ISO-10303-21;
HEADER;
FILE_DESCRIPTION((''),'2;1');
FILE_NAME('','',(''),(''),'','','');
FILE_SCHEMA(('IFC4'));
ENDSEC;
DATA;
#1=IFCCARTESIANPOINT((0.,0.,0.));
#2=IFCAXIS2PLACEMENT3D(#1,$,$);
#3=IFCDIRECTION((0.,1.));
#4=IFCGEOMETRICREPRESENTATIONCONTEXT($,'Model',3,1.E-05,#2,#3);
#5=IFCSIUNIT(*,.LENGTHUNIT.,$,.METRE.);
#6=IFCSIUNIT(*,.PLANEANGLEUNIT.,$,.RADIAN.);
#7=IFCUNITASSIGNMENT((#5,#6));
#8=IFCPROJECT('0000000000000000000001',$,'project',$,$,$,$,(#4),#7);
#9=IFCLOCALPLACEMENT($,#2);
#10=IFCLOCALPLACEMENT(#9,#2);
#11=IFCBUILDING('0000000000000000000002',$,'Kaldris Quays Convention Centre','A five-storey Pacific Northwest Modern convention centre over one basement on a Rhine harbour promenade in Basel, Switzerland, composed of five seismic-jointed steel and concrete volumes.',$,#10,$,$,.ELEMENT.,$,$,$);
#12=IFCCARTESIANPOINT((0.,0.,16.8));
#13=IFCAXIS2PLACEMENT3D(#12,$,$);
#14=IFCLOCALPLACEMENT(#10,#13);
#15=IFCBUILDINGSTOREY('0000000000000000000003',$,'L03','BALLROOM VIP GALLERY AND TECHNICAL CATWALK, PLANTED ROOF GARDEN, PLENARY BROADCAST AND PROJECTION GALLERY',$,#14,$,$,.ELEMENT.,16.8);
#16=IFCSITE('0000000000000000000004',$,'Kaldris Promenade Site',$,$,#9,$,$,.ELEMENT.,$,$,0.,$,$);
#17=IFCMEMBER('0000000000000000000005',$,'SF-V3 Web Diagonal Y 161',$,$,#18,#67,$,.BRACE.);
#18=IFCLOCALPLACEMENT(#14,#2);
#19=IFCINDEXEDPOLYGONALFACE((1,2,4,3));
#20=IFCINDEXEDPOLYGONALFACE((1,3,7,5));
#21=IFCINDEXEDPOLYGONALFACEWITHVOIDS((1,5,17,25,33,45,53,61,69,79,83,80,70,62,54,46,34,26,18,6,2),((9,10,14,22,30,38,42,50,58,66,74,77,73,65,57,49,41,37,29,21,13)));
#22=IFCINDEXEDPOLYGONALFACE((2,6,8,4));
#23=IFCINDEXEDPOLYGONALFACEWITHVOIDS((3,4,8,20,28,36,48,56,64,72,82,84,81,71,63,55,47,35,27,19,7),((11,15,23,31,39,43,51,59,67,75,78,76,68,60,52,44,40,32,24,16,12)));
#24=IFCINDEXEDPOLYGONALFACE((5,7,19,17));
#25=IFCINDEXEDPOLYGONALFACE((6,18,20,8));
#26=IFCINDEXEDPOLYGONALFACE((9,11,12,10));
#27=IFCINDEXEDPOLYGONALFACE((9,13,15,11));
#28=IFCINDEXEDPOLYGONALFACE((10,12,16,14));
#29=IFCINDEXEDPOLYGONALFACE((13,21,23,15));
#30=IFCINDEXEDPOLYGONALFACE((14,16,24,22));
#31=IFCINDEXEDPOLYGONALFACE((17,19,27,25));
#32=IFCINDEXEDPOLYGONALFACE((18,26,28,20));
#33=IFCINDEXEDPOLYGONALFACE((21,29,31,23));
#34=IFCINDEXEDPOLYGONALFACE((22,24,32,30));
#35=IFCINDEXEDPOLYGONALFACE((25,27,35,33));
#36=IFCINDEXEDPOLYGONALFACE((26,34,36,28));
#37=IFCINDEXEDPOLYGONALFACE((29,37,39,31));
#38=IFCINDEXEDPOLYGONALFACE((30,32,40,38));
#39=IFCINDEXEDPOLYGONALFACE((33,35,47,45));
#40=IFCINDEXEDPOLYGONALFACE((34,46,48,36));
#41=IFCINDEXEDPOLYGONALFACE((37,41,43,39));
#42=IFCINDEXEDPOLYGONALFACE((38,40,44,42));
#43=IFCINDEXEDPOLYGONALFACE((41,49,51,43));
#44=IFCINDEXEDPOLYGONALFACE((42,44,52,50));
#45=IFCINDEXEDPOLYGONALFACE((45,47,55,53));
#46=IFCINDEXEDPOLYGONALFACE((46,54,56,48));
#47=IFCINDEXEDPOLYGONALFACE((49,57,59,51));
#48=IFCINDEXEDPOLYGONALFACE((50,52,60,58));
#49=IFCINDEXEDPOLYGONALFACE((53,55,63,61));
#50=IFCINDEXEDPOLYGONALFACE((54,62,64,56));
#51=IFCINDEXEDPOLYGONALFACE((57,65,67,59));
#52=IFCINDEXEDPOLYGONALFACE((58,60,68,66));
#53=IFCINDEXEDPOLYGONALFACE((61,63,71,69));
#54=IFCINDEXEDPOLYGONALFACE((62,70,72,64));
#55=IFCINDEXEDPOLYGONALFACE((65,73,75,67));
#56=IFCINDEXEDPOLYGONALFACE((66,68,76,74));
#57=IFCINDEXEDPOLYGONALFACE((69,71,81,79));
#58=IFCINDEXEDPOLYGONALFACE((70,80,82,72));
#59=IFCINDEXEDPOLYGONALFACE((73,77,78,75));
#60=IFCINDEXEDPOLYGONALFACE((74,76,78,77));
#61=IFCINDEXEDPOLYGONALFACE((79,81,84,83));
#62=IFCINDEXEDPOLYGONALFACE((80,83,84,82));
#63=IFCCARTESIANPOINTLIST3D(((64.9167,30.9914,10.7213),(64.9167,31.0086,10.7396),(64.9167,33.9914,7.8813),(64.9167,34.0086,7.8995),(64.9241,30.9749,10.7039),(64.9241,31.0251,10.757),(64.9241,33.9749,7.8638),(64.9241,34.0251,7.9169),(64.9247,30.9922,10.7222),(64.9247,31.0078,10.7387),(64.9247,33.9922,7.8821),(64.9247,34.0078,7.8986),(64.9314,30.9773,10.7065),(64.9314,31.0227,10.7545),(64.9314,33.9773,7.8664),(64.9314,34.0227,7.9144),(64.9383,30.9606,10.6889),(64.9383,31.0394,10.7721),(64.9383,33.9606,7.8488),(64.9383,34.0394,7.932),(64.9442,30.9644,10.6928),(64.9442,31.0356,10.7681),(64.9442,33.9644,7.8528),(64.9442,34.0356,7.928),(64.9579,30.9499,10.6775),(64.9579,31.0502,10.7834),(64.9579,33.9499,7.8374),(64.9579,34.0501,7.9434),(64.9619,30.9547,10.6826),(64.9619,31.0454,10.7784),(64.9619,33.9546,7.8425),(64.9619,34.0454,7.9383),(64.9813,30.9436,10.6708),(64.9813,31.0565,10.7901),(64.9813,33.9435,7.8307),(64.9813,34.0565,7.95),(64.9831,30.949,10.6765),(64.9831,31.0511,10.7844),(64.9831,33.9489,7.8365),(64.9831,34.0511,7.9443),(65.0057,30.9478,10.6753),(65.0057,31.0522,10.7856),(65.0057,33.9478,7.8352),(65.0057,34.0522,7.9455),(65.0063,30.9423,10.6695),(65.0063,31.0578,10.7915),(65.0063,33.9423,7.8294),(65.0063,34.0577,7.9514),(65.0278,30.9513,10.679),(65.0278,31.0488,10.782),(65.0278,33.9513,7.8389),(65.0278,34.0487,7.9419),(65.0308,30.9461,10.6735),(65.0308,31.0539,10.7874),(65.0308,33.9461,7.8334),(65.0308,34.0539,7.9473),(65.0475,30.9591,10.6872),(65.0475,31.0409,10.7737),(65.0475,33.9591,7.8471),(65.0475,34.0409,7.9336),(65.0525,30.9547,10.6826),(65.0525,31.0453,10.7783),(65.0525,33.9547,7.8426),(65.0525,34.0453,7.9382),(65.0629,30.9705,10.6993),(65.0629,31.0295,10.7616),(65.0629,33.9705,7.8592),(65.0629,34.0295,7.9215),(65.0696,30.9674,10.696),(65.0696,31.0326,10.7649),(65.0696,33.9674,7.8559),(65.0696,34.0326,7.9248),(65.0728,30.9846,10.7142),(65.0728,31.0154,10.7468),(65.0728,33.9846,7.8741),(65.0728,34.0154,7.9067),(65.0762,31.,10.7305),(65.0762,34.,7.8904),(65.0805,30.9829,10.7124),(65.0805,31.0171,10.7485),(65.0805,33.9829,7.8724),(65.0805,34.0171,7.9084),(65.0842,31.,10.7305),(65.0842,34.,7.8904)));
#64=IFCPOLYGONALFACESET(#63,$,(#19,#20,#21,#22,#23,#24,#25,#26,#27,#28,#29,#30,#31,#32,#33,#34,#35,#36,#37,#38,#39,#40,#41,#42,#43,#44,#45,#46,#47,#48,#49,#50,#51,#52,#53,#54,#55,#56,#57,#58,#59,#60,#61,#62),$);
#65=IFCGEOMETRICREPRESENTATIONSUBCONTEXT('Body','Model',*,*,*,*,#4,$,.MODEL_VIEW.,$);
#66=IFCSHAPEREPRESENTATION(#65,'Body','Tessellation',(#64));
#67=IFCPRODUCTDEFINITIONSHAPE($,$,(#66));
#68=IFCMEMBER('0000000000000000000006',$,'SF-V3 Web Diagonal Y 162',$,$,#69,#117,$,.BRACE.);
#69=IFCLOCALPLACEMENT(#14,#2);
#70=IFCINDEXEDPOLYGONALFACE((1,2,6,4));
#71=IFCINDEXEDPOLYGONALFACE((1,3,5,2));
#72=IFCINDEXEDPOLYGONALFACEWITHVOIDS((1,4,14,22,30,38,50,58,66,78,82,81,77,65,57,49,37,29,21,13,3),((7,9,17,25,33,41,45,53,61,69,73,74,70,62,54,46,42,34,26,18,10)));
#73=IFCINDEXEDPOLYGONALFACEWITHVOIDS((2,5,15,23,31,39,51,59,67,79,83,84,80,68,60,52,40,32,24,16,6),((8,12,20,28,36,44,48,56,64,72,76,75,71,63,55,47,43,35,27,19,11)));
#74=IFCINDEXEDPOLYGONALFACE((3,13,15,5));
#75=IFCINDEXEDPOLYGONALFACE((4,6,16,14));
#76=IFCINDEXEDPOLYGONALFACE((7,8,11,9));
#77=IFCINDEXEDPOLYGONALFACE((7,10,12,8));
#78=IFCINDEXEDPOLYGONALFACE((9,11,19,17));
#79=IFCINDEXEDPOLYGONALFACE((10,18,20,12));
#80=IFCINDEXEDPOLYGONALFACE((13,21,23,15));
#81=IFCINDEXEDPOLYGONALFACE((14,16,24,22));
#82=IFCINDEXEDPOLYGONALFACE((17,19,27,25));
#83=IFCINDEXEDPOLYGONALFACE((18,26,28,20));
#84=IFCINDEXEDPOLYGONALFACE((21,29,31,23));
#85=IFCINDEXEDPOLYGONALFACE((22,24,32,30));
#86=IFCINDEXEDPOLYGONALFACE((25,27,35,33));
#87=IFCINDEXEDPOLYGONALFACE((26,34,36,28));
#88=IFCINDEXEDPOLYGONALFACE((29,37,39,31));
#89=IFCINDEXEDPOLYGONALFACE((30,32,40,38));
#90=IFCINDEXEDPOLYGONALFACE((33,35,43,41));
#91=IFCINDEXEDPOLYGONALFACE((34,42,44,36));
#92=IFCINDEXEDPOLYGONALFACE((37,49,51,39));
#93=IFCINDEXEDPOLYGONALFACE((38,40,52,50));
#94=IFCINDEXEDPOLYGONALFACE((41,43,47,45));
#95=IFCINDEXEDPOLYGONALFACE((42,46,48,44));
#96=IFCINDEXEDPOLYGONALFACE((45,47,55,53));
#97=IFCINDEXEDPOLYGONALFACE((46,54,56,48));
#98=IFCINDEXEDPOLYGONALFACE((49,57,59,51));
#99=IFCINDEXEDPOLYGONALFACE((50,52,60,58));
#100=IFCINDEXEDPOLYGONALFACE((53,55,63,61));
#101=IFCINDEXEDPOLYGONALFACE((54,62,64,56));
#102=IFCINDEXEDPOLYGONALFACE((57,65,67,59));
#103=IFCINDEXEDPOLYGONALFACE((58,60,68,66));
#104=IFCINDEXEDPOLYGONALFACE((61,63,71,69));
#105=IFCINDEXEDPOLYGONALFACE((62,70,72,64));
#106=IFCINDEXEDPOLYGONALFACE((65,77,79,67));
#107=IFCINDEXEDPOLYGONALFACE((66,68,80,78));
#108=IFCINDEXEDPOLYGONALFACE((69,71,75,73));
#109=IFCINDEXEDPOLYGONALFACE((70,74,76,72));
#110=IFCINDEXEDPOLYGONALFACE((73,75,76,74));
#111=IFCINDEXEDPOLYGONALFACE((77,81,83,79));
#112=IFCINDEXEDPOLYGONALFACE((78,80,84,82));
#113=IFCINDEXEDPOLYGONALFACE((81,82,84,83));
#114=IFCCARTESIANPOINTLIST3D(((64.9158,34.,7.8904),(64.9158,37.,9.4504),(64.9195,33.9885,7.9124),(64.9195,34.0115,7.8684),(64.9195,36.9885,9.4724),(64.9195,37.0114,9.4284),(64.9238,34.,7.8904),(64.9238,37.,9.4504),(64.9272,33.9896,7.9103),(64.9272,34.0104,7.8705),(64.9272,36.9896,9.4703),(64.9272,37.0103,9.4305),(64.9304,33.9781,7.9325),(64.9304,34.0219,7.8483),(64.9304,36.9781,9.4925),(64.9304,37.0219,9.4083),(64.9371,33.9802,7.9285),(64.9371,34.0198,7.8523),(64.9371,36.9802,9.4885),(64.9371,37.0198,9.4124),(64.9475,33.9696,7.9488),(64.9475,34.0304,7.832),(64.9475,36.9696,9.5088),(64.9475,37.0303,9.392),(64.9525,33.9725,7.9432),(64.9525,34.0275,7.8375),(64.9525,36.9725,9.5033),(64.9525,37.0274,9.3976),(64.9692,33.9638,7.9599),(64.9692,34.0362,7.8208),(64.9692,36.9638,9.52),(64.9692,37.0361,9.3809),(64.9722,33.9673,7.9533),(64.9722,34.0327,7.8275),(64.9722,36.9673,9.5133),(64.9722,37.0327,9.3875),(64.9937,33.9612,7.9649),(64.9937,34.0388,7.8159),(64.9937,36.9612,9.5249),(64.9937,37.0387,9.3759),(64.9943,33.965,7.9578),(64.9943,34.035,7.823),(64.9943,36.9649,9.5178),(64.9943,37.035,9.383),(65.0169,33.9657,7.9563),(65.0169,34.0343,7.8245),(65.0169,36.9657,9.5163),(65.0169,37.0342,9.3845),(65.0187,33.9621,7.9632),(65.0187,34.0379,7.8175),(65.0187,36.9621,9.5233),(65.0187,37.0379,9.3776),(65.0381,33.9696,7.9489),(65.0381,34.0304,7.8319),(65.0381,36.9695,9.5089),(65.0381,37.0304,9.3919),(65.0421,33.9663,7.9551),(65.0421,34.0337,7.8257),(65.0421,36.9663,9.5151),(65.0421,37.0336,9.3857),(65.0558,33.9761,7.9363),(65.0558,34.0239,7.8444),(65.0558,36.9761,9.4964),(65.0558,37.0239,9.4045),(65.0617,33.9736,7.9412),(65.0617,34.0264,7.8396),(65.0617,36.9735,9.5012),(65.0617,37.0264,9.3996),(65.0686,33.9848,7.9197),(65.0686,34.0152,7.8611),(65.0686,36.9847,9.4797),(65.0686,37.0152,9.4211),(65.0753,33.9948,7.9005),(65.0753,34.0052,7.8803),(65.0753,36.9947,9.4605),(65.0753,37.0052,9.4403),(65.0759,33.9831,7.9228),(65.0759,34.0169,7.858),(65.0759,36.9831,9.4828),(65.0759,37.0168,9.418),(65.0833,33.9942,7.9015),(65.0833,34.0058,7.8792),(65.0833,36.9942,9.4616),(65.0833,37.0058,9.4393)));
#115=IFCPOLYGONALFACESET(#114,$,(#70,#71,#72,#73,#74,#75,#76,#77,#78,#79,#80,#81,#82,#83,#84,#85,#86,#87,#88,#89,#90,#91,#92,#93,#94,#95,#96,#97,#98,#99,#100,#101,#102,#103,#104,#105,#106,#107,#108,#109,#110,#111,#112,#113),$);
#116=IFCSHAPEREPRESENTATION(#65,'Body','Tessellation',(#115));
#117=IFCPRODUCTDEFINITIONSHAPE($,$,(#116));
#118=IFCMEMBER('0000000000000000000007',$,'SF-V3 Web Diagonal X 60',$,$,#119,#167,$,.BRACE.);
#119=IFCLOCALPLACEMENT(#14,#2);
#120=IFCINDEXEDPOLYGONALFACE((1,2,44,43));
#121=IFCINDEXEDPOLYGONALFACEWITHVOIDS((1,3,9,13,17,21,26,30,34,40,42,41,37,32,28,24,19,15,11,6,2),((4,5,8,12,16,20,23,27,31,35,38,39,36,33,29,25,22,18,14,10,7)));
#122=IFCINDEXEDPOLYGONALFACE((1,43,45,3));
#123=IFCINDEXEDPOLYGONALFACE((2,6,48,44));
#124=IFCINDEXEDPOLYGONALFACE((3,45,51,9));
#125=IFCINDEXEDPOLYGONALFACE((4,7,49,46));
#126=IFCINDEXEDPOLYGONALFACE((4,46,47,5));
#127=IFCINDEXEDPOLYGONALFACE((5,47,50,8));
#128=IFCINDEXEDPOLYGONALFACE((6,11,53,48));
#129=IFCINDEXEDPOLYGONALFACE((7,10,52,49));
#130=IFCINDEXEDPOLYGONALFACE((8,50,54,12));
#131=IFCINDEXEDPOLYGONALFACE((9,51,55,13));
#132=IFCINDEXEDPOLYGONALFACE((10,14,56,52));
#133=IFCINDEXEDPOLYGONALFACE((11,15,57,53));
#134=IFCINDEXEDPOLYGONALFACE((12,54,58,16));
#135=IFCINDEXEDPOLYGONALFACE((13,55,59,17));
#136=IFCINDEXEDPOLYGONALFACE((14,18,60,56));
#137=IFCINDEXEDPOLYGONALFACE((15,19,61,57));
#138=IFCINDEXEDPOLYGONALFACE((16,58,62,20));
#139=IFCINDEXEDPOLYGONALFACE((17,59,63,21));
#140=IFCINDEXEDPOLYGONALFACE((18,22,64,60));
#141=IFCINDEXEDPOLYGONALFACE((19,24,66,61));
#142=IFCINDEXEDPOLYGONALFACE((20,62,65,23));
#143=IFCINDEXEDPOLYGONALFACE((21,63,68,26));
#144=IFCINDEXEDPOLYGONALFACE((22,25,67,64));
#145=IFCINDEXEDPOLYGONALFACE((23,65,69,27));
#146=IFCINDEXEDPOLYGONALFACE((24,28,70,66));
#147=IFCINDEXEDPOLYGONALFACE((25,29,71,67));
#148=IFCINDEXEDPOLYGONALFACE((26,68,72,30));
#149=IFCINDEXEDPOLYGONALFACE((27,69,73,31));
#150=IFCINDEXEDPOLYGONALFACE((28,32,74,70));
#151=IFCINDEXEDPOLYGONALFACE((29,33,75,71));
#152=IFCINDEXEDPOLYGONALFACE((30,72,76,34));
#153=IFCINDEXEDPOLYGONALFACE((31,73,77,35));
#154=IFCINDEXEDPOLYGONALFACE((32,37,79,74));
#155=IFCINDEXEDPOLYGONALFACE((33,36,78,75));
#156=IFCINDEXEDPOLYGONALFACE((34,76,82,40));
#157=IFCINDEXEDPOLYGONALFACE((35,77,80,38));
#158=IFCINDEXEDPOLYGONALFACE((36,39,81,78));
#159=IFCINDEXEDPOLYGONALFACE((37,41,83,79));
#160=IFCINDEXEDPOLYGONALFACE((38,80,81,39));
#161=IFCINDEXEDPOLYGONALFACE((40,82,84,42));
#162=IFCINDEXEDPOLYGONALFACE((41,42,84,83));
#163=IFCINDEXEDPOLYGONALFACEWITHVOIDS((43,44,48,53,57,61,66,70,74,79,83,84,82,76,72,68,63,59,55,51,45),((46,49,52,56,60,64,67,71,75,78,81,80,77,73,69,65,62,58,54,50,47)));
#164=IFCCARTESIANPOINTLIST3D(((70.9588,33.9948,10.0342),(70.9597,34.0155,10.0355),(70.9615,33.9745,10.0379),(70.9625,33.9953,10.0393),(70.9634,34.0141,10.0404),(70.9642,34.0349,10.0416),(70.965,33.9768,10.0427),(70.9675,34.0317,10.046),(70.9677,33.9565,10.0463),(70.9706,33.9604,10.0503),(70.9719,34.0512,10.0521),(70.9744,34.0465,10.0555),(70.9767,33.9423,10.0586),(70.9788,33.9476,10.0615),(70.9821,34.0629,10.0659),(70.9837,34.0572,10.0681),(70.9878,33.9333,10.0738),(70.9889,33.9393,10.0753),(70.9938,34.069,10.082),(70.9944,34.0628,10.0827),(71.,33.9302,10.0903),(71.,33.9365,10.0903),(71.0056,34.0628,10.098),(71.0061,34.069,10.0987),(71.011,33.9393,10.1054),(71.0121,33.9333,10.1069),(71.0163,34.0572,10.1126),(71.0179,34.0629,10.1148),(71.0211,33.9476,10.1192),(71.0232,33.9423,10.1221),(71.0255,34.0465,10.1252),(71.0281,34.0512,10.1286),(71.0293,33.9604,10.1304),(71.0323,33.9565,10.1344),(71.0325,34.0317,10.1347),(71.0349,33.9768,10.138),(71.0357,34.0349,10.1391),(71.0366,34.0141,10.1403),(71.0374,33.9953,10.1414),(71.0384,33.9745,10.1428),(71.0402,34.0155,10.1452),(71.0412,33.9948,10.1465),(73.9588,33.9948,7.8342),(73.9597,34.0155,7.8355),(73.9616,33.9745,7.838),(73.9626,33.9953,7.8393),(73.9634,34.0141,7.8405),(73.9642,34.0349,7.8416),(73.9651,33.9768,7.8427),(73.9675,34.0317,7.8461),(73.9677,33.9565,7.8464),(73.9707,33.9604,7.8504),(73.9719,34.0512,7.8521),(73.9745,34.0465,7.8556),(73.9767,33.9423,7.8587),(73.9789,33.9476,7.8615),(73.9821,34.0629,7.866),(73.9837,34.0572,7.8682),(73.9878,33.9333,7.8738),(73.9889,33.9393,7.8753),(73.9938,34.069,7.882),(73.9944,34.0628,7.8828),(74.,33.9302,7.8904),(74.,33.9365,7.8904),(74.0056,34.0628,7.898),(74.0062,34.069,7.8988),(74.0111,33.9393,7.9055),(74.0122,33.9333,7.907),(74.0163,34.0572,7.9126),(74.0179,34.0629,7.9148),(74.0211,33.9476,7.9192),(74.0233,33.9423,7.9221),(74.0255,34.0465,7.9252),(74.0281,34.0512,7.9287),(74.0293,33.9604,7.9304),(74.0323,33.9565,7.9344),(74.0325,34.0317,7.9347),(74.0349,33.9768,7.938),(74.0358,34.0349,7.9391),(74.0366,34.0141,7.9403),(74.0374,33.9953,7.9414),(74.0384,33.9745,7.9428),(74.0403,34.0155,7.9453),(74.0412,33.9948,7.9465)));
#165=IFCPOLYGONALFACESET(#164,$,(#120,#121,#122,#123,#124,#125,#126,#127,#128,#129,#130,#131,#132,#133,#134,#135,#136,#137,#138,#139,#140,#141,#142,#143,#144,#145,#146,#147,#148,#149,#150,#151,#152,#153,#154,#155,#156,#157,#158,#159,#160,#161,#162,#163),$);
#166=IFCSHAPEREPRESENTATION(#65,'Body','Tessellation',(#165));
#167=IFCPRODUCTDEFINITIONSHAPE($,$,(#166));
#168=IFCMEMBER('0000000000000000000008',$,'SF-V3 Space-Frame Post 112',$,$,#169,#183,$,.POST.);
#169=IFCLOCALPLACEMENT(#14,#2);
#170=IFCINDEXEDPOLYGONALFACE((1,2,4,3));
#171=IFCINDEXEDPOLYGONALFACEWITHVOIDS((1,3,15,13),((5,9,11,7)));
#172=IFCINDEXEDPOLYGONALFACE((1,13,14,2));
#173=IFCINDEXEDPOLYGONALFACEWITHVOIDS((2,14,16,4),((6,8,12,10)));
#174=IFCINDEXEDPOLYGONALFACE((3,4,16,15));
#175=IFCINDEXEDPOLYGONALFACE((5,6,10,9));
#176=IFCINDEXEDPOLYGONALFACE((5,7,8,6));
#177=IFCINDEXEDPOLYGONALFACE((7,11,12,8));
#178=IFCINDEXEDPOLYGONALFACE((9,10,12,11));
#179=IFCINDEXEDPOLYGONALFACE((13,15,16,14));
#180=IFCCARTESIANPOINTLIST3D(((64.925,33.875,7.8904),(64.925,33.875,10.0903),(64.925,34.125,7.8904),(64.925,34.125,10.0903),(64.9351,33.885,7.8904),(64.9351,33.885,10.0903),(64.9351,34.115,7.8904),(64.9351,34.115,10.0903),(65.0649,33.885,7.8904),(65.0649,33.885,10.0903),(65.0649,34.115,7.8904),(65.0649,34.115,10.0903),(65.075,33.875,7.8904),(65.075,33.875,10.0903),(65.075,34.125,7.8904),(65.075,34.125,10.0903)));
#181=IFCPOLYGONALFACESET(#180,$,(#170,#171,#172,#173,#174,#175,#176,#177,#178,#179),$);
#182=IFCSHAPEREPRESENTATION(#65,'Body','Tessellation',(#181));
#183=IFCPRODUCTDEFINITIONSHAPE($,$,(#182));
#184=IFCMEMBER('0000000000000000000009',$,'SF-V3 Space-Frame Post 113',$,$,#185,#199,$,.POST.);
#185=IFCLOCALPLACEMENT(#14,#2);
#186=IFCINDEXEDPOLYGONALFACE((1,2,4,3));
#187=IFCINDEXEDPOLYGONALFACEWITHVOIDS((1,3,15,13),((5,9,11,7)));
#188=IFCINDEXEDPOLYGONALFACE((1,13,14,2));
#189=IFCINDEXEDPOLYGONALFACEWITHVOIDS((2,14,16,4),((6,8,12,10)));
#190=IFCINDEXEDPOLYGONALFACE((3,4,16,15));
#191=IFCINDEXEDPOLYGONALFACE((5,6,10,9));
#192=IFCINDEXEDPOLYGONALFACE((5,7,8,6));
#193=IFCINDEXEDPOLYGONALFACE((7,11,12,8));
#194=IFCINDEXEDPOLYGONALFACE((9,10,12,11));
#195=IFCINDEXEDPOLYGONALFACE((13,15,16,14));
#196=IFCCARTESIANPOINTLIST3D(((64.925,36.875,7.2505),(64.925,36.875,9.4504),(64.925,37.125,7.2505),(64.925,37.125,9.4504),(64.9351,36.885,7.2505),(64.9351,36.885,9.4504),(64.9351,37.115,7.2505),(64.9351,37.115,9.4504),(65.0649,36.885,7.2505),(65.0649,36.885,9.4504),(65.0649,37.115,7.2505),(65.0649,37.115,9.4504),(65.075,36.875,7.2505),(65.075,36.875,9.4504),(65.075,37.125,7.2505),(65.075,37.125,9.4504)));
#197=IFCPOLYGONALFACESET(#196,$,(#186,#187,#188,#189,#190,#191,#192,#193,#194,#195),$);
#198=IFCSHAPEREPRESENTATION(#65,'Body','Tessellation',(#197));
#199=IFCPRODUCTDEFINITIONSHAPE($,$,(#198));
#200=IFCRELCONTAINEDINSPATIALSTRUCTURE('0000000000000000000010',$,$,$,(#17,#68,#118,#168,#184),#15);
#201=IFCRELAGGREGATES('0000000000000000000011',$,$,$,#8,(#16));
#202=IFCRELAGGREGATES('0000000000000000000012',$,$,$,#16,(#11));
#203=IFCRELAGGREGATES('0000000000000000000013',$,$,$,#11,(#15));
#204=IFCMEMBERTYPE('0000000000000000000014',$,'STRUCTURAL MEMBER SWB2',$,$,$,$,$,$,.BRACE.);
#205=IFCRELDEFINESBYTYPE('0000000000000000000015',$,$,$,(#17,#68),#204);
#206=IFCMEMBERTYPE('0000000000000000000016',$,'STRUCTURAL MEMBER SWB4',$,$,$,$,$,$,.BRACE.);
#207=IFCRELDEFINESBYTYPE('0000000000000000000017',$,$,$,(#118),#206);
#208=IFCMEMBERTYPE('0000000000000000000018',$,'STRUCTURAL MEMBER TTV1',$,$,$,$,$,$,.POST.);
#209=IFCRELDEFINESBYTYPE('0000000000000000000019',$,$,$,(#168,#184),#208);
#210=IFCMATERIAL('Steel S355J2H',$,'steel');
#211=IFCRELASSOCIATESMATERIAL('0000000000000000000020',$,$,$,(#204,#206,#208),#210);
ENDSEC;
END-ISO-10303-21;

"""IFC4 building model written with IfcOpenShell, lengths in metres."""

from ifc_helpers import new_model, si_unit, direction, frame, origin, origin_2d, place, context, subcontext, project, spatial, hollow_rectangle, hollow_circle, extrude, material, material_profile, profile_set, type_object, element, save


model = new_model("IFC4")

# Units and contexts
model_context = context("Model", 3, precision=1e-05, world=origin(), true_north=direction((0.0, 1.0)))
body_context = subcontext(model_context, "Body", "Model", "MODEL_VIEW")
ifc_project = project(units=[si_unit("LENGTHUNIT", "METRE"), si_unit("PLANEANGLEUNIT", "RADIAN")], contexts=[model_context])

# Site, building, storey
site_placement = place(None, origin())
site = spatial("IfcSite", under=ifc_project, at=site_placement, Name="Kaldris Promenade Site", CompositionType="ELEMENT", RefElevation=0.0)
building_placement = place(site_placement, origin())
building = spatial("IfcBuilding", under=site, at=building_placement, Name="Kaldris Quays Convention Centre", Description="A five-storey Pacific Northwest Modern convention centre over one basement on a Rhine harbour promenade in Basel, Switzerland, composed of five seismic-jointed steel and concrete volumes.", CompositionType="ELEMENT")
storey_placement = place(building_placement, frame((0.0, 0.0, 16.8)))
storey = spatial("IfcBuildingStorey", under=building, at=storey_placement, Name="L03", Description="BALLROOM VIP GALLERY AND TECHNICAL CATWALK, PLANTED ROOF GARDEN, PLENARY BROADCAST AND PROJECTION GALLERY", CompositionType="ELEMENT", Elevation=16.8)

# Members
ifc_material_1 = material(Name="Steel S355J2H", Category="steel")
ifc_material_profile_1 = material_profile(ifc_material_1, hollow_circle(Radius=0.0842, WallThickness=0.0081, at=origin_2d()), Name="CHS 168.3x8")
ifc_profile_set_1 = profile_set([ifc_material_profile_1], Name="Steel S355J2H")
member_type_1 = type_object("IfcMemberType", Name="STRUCTURAL MEMBER SWB2", PredefinedType="BRACE", material=ifc_profile_set_1)
member_1_placement = place(storey_placement, frame((65.0, 34.0, 7.8904), z_axis=(0.0, -0.726196, 0.687487), x_axis=(1.0, 0.0, 0.0)))
element("IfcMember", 1, at=member_1_placement, inside=storey, type_object=member_type_1, Name="SF-V3 Web Diagonal Y 161", PredefinedType="BRACE", context=body_context, shape_type="SweptSolid", body=[
    extrude(hollow_circle(Radius=0.0842, WallThickness=0.0081, at=origin_2d()), origin(), (0.0, 0.0, 1.0), 4.1311),
])
member_2_placement = place(storey_placement, frame((65.0, 34.0, 7.8904), z_axis=(0.0, 0.88721, 0.461366), x_axis=(-1.0, 0.0, 0.0)))
element("IfcMember", 2, at=member_2_placement, inside=storey, type_object=member_type_1, Name="SF-V3 Web Diagonal Y 162", PredefinedType="BRACE", context=body_context, shape_type="SweptSolid", body=[
    extrude(hollow_circle(Radius=0.0842, WallThickness=0.0081, at=origin_2d()), origin(), (0.0, 0.0, 1.0), 3.3813),
])
ifc_material_profile_2 = material_profile(ifc_material_1, hollow_circle(Radius=0.0698, WallThickness=0.0063, at=origin_2d()), Name="CHS 139.7x6.3")
ifc_profile_set_2 = profile_set([ifc_material_profile_2], Name="Steel S355J2H")
member_type_2 = type_object("IfcMemberType", Name="STRUCTURAL MEMBER SWB4", PredefinedType="BRACE", material=ifc_profile_set_2)
member_3_placement = place(storey_placement, frame((74.0, 34.0, 7.8904), z_axis=(-0.806411, 0.0, 0.591355), x_axis=(0.0, -1.0, 0.0)))
element("IfcMember", 3, at=member_3_placement, inside=storey, type_object=member_type_2, Name="SF-V3 Web Diagonal X 60", PredefinedType="BRACE", context=body_context, shape_type="SweptSolid", body=[
    extrude(hollow_circle(Radius=0.0698, WallThickness=0.0063, at=origin_2d()), origin(), (0.0, 0.0, 1.0), 3.7202),
])
ifc_material_profile_3 = material_profile(ifc_material_1, hollow_rectangle(XDim=0.1499, YDim=0.25, WallThickness=0.01, at=origin_2d()), Name="RHS 250x150x10")
ifc_profile_set_3 = profile_set([ifc_material_profile_3], Name="Steel S355J2H")
member_type_3 = type_object("IfcMemberType", Name="STRUCTURAL MEMBER TTV1", PredefinedType="POST", material=ifc_profile_set_3)
for number, where, z_axis, x_axis, name in (
    (4, (65.0, 34.0, 7.8904), (0.0, 0.0, 1.0), (1.0, 0.0, 0.0), "SF-V3 Space-Frame Post 112"),
    (5, (65.0, 37.0, 7.2505), (0.0, 0.0, 1.0), (1.0, 0.0, 0.0), "SF-V3 Space-Frame Post 113"),
):
    element("IfcMember", number, at=place(storey_placement, frame(where, z_axis=z_axis, x_axis=x_axis)), inside=storey, type_object=member_type_3, Name=name, PredefinedType="POST", context=body_context, shape_type="SweptSolid", body=[
        extrude(hollow_rectangle(XDim=0.1499, YDim=0.25, WallThickness=0.01, at=origin_2d()), origin(), (0.0, 0.0, 1.0), 2.2),
    ])

save(model, "model.ifc")
